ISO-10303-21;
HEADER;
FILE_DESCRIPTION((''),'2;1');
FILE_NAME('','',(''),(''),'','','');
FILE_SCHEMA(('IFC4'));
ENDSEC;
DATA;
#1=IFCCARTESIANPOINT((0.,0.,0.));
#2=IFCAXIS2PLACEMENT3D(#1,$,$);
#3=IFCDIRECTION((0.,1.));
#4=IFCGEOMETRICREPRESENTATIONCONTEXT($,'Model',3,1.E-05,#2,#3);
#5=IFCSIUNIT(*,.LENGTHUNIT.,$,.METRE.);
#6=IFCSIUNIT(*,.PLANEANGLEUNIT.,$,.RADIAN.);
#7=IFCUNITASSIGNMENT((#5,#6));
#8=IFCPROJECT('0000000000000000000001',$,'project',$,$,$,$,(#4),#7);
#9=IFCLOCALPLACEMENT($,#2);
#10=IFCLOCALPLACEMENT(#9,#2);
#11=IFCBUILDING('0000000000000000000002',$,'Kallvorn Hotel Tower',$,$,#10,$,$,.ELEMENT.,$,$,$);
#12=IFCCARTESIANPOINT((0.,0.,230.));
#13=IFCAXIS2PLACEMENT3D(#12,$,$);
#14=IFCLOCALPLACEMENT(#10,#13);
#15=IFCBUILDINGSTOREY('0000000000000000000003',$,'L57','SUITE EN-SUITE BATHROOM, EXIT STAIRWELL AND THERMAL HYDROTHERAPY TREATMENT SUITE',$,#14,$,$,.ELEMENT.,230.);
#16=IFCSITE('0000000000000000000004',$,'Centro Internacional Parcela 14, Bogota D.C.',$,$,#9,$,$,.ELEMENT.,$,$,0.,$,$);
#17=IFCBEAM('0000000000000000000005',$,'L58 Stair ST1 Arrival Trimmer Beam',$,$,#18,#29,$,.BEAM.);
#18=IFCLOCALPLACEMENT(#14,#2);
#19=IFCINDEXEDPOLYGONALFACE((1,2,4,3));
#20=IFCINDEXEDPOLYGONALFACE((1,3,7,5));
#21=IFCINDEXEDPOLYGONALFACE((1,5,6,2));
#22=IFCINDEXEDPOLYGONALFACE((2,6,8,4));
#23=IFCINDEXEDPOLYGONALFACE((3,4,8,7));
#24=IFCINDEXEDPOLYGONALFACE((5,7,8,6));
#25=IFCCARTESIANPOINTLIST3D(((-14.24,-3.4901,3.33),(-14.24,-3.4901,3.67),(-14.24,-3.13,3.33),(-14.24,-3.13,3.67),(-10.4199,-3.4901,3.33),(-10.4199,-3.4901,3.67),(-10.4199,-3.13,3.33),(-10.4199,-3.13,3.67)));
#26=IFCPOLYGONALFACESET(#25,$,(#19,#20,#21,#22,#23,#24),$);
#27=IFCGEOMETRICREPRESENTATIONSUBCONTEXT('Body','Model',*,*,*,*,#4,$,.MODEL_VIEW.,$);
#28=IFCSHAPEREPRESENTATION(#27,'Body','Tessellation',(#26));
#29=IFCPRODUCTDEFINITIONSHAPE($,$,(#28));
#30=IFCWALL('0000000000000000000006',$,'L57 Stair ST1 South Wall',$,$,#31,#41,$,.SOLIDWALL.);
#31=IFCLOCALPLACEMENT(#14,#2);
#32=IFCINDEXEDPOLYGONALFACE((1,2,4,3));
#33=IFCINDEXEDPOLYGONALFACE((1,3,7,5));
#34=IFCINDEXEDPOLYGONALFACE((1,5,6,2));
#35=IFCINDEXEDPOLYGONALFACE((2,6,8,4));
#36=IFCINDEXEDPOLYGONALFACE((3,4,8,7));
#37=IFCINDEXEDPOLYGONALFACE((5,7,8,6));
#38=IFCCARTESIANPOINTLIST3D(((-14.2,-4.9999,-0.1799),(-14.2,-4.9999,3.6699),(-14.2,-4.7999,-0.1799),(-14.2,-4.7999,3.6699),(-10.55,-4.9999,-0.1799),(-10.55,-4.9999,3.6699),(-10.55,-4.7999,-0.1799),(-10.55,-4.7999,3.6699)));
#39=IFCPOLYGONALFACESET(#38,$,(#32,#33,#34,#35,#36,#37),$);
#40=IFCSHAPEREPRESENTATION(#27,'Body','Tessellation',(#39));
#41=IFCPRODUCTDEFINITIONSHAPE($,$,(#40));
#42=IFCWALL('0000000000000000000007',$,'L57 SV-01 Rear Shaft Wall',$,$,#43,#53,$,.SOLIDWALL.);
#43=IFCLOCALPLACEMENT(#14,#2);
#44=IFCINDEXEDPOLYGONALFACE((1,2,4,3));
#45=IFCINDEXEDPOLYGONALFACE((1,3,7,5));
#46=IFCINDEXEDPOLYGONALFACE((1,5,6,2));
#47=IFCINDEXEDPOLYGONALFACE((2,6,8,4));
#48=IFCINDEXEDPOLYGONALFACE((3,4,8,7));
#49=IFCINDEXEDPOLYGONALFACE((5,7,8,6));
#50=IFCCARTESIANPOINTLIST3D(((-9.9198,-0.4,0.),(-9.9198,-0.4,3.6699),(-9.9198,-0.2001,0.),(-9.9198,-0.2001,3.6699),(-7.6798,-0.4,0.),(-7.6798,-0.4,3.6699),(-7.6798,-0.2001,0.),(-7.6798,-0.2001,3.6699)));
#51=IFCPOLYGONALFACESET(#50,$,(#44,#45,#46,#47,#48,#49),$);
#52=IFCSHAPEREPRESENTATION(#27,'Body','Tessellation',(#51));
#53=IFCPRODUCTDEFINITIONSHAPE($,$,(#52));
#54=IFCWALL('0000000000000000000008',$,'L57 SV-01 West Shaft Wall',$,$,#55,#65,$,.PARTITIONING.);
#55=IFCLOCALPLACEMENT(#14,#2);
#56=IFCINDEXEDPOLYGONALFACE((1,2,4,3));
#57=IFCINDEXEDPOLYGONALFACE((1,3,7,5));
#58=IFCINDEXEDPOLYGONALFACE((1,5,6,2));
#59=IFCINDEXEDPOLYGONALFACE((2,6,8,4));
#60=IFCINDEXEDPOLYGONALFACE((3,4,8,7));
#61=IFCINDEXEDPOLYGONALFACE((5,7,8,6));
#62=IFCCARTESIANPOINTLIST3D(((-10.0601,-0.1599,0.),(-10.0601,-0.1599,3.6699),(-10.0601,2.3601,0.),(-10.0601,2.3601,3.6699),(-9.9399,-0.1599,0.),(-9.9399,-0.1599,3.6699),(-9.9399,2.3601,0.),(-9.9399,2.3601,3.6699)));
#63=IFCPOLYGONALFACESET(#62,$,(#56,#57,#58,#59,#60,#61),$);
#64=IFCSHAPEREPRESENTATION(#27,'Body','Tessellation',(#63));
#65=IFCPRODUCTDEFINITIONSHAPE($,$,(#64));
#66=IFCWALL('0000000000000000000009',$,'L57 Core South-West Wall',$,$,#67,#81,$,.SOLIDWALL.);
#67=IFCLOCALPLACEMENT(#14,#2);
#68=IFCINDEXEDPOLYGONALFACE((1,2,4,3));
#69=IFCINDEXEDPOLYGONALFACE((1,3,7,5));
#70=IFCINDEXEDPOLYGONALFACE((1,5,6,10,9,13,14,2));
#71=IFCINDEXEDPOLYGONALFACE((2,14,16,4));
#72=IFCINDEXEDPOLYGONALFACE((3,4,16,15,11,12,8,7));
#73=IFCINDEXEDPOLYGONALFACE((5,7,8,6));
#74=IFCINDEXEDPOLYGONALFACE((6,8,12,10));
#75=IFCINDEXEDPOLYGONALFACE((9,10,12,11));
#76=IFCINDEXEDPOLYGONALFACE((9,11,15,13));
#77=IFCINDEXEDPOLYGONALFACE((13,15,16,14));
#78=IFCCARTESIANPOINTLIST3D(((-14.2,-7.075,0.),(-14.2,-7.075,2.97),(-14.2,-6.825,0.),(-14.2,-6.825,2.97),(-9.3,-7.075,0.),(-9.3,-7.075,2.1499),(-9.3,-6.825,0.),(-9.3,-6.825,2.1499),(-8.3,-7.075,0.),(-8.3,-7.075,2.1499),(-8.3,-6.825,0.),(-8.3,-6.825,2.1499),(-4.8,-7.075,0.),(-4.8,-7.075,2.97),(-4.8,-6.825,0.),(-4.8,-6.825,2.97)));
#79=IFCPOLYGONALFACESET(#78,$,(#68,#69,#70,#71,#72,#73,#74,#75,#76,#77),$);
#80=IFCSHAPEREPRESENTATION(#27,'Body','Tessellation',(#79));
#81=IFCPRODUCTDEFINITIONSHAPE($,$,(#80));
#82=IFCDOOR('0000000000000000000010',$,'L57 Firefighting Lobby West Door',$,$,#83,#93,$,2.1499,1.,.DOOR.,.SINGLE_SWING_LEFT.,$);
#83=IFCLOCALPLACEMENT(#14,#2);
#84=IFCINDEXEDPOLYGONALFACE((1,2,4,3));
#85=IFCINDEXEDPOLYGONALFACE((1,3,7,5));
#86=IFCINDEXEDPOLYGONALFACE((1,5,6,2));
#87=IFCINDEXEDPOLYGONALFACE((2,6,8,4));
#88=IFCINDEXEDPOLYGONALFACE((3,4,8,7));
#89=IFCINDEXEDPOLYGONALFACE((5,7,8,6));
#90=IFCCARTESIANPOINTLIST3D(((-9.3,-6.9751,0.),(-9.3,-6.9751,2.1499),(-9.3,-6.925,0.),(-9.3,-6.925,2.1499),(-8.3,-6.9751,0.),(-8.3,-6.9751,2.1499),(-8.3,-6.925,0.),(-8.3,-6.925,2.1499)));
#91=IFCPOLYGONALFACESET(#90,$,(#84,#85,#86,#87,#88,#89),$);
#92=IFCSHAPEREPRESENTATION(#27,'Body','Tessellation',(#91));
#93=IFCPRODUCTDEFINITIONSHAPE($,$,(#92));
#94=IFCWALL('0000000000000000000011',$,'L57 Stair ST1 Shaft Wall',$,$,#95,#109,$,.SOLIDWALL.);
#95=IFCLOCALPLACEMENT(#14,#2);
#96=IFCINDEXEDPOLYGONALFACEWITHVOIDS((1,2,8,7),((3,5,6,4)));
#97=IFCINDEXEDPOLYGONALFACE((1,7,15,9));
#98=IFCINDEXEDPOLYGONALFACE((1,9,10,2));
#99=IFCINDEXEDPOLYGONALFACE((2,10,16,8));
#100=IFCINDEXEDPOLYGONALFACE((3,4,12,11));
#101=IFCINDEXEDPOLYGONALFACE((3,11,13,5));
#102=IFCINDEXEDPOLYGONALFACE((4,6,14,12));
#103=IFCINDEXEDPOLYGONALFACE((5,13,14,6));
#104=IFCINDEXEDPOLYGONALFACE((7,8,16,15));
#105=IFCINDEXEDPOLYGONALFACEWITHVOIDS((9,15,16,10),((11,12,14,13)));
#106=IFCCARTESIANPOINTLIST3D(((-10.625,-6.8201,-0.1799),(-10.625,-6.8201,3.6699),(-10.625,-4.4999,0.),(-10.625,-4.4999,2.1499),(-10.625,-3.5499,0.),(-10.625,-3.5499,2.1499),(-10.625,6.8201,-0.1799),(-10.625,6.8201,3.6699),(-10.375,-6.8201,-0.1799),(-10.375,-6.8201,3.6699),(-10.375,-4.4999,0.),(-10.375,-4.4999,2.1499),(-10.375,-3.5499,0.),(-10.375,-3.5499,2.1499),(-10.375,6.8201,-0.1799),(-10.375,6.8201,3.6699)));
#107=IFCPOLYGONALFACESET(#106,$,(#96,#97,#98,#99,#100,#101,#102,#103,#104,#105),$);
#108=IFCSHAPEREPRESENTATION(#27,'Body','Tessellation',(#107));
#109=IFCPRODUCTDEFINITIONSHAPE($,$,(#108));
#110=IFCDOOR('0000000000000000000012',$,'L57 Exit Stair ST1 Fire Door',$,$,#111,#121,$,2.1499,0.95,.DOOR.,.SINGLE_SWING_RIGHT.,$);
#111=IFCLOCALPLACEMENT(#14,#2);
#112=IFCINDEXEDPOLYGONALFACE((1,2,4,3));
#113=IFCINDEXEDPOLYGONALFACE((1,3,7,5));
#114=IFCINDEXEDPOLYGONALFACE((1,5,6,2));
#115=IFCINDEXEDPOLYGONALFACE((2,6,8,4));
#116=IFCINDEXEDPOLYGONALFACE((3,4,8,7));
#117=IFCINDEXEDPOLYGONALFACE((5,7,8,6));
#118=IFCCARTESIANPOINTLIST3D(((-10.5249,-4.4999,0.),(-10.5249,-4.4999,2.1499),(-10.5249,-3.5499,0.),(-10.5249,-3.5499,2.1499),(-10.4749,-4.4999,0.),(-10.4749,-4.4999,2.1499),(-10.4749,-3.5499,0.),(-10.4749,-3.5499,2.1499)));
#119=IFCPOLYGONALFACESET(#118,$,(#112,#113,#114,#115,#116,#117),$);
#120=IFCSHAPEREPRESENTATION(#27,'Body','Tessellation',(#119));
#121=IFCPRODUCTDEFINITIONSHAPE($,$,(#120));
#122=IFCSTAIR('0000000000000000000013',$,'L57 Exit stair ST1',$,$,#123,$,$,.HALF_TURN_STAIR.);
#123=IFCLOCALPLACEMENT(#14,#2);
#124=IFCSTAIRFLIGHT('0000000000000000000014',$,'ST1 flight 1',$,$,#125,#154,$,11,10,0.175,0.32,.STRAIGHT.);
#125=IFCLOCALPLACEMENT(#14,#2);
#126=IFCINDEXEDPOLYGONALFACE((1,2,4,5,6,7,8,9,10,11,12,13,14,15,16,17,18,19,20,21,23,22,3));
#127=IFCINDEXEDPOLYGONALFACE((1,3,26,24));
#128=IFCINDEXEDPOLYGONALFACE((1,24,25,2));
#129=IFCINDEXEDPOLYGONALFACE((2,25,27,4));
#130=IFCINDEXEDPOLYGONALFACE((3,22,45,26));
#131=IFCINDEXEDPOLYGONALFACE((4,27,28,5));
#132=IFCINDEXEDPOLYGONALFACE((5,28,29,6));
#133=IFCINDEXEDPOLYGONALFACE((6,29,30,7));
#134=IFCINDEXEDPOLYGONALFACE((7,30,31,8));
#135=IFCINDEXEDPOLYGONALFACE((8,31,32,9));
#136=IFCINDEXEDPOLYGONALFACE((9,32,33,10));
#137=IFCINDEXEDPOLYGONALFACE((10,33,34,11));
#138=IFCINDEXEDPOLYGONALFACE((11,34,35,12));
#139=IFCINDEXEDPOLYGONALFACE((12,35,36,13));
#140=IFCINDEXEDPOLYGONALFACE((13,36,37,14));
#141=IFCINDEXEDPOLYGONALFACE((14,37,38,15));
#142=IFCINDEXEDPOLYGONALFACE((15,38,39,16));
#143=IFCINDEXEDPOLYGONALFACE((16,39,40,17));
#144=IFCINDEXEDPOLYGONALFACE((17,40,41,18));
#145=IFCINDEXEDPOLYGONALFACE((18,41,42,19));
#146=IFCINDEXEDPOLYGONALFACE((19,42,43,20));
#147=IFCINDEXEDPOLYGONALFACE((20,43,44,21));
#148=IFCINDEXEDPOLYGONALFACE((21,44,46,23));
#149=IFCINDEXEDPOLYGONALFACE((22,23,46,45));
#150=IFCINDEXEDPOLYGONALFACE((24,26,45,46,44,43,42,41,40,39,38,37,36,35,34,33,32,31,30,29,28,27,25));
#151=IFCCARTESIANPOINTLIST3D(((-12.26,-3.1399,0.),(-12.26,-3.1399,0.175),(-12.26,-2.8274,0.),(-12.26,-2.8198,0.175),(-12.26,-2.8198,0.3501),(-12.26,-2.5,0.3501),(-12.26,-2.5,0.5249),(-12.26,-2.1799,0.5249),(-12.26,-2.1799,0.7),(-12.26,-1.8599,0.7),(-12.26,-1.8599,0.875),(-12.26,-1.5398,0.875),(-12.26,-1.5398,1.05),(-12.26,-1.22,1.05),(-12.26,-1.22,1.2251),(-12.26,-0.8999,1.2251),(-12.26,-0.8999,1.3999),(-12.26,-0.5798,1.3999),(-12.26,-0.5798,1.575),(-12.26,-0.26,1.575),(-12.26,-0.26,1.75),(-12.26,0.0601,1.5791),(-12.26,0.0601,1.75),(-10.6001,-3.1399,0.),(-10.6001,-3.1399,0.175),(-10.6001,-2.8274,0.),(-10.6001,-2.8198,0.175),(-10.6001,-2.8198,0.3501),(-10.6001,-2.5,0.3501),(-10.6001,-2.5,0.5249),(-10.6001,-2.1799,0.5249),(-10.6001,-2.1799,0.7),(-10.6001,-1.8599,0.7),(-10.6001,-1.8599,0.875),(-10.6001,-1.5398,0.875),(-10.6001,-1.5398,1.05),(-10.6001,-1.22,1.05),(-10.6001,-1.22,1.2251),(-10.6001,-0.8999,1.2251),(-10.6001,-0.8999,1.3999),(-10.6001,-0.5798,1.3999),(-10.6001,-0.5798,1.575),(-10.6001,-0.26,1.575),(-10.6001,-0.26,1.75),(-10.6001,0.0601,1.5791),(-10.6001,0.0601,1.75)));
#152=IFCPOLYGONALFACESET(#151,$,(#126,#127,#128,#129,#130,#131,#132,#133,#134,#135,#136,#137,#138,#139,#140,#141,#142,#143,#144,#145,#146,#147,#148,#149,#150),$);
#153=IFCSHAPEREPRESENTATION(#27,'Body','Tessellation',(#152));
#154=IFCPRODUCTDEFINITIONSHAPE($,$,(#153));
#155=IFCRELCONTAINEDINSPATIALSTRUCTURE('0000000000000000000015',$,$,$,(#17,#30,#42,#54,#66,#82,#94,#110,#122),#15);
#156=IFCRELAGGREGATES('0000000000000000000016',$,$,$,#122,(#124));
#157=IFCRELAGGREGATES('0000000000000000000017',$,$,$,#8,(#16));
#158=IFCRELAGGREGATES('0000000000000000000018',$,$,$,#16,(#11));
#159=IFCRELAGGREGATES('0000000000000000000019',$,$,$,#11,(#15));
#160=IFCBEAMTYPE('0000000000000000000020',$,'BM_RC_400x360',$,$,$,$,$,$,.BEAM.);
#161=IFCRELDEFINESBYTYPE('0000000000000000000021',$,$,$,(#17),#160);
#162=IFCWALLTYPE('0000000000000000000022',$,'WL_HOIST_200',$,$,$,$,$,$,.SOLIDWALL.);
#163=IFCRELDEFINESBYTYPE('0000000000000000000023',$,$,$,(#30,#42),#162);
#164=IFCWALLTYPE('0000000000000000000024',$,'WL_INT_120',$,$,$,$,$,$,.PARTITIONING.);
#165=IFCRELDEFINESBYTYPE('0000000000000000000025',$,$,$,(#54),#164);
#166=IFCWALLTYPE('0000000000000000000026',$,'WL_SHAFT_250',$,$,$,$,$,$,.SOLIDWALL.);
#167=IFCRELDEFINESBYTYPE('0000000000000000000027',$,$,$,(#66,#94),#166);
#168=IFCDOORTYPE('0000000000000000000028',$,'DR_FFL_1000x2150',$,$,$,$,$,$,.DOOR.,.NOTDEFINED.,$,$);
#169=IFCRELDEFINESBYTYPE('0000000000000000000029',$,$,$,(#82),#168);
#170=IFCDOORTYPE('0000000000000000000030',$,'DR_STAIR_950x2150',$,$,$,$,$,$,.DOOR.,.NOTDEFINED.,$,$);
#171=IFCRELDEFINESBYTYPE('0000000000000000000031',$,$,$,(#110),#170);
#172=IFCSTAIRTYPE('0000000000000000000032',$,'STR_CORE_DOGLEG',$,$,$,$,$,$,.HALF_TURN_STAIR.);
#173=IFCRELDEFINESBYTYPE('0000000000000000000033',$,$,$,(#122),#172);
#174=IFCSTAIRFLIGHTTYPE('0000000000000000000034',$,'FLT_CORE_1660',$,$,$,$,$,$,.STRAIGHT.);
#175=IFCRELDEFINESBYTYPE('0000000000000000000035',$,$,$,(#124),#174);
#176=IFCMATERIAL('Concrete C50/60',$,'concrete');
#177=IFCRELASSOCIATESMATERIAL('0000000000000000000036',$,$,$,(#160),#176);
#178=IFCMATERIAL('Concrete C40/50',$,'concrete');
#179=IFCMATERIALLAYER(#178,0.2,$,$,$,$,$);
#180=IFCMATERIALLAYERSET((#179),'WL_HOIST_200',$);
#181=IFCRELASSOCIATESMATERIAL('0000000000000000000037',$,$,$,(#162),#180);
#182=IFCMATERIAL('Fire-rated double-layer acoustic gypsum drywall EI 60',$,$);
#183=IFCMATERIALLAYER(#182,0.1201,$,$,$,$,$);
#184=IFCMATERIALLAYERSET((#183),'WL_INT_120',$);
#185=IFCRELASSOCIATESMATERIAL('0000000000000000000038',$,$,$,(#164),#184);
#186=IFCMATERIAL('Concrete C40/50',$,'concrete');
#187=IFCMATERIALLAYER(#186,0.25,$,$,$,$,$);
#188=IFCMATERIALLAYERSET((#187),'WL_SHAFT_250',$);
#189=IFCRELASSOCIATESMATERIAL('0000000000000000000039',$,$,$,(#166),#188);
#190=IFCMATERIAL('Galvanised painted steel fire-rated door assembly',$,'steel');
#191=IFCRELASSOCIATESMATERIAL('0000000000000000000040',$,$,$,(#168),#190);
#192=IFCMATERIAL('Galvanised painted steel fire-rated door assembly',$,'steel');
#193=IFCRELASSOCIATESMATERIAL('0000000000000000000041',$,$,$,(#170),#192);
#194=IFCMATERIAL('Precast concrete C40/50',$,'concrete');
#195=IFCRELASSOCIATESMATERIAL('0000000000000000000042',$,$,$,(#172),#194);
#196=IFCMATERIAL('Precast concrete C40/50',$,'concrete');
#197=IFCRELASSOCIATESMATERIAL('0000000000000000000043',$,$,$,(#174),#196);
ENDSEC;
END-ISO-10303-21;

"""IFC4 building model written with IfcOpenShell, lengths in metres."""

from ifc_helpers import new_model, si_unit, direction, frame, frame_2d, origin, origin_2d, place, context, subcontext, project, spatial, polyline, rectangle, outline, extrude, material, layer, layer_set, material_profile, profile_set, type_object, element, fill, aggregate, save


model = new_model("IFC4")

# Units and contexts
model_context = context("Model", 3, precision=1e-05, world=origin(), true_north=direction((0.0, 1.0)))
body_context = subcontext(model_context, "Body", "Model", "MODEL_VIEW")
ifc_project = project(units=[si_unit("LENGTHUNIT", "METRE"), si_unit("PLANEANGLEUNIT", "RADIAN")], contexts=[model_context])

# Site, building, storey
site_placement = place(None, origin())
site = spatial("IfcSite", under=ifc_project, at=site_placement, Name="Centro Internacional Parcela 14, Bogota D.C.", CompositionType="ELEMENT", RefElevation=0.0)
building_placement = place(site_placement, origin())
building = spatial("IfcBuilding", under=site, at=building_placement, Name="Kallvorn Hotel Tower", CompositionType="ELEMENT")
storey_placement = place(building_placement, frame((0.0, 0.0, 230.0)))
storey = spatial("IfcBuildingStorey", under=building, at=storey_placement, Name="L57", Description="SUITE EN-SUITE BATHROOM, EXIT STAIRWELL AND THERMAL HYDROTHERAPY TREATMENT SUITE", CompositionType="ELEMENT", Elevation=230.0)

# Beam
ifc_material_1 = material(Name="Concrete C50/60", Category="concrete")
ifc_material_profile = material_profile(ifc_material_1, rectangle(XDim=0.3601, YDim=0.3401, at=origin_2d()), Name="RC 360x340")
ifc_profile_set = profile_set([ifc_material_profile], Name="Concrete C50/60")
beam_type = type_object("IfcBeamType", Name="BM_RC_400x360", PredefinedType="BEAM", material=ifc_profile_set)
beam_placement = place(storey_placement, frame((-10.4199, -3.3101, 3.5), z_axis=(-1.0, 0.0, 0.0), x_axis=(0.0, -1.0, 0.0)))
element("IfcBeam", 1, at=beam_placement, inside=storey, type_object=beam_type, Name="L58 Stair ST1 Arrival Trimmer Beam", PredefinedType="BEAM", context=body_context, shape_type="SweptSolid", body=[
    extrude(rectangle(XDim=0.3601, YDim=0.3401, at=origin_2d()), origin(), (0.0, 0.0, 1.0), 3.8201),
])

# Walls
ifc_material_2 = material(Name="Concrete C40/50", Category="concrete")
ifc_layer_1 = layer(ifc_material_2, 0.2)
ifc_layer_set_1 = layer_set([ifc_layer_1], Name="WL_HOIST_200")
wall_type_1 = type_object("IfcWallType", Name="WL_HOIST_200", PredefinedType="SOLIDWALL", material=ifc_layer_set_1)
wall_1_placement = place(storey_placement, frame((-14.2, -4.8999, -0.1799), z_axis=(0.0, 0.0, 1.0), x_axis=(1.0, 0.0, 0.0)))
element("IfcWall", 2, at=wall_1_placement, inside=storey, type_object=wall_type_1, Name="L57 Stair ST1 South Wall", PredefinedType="SOLIDWALL", context=body_context, shape_type="SweptSolid", body=[
    extrude(rectangle(XDim=3.6499, YDim=0.2, at=frame_2d((1.825, 0.0))), origin(), (0.0, 0.0, 1.0), 3.8499),
])
wall_2_placement = place(storey_placement, frame((-9.9199, -0.3, 0.0), z_axis=(0.0, 0.0, 1.0), x_axis=(1.0, 0.0, 0.0)))
element("IfcWall", 3, at=wall_2_placement, inside=storey, type_object=wall_type_1, Name="L57 SV-01 Rear Shaft Wall", PredefinedType="SOLIDWALL", context=body_context, shape_type="SweptSolid", body=[
    extrude(rectangle(XDim=2.24, YDim=0.2, at=frame_2d((1.1201, 0.0))), origin(), (0.0, 0.0, 1.0), 3.6699),
])
ifc_material_3 = material(Name="Fire-rated double-layer acoustic gypsum drywall EI 60")
ifc_layer_2 = layer(ifc_material_3, 0.1201)
ifc_layer_set_2 = layer_set([ifc_layer_2], Name="WL_INT_120")
wall_type_2 = type_object("IfcWallType", Name="WL_INT_120", PredefinedType="PARTITIONING", material=ifc_layer_set_2)
wall_3_placement = place(storey_placement, frame((-10.0, -0.1599, 0.0), z_axis=(0.0, 0.0, 1.0), x_axis=(0.0, 1.0, 0.0)))
element("IfcWall", 4, at=wall_3_placement, inside=storey, type_object=wall_type_2, Name="L57 SV-01 West Shaft Wall", PredefinedType="PARTITIONING", context=body_context, shape_type="SweptSolid", body=[
    extrude(rectangle(XDim=2.52, YDim=0.1201, at=frame_2d((1.26, 0.0))), origin(), (0.0, 0.0, 1.0), 3.6699),
])

# Walls, openings, doors
ifc_material_4 = material(Name="Concrete C40/50", Category="concrete")
ifc_layer_3 = layer(ifc_material_4, 0.25)
ifc_layer_set_3 = layer_set([ifc_layer_3], Name="WL_SHAFT_250")
wall_type_3 = type_object("IfcWallType", Name="WL_SHAFT_250", PredefinedType="SOLIDWALL", material=ifc_layer_set_3)
wall_4_placement = place(storey_placement, frame((-14.2, -6.95, 0.0), z_axis=(0.0, 0.0, 1.0), x_axis=(1.0, 0.0, 0.0)))
wall_4 = element("IfcWall", 5, at=wall_4_placement, inside=storey, type_object=wall_type_3, Name="L57 Core South-West Wall", PredefinedType="SOLIDWALL", context=body_context, shape_type="SweptSolid", body=[
    extrude(rectangle(XDim=9.3999, YDim=0.25, at=frame_2d((4.7, 0.0))), origin(), (0.0, 0.0, 1.0), 2.97),
])
opening_1_placement = place(wall_4_placement, frame((4.8999, 0.0, 0.0)))
opening_1 = element("IfcOpeningElement", 6, at=opening_1_placement, cuts=wall_4, PredefinedType="OPENING", context=body_context, shape_type="SweptSolid", body=[
    extrude(rectangle(XDim=1.0, YDim=2.1499, at=frame_2d((0.5, 1.075))), frame((0.0, 0.1399, 0.0), z_axis=(0.0, -1.0, 0.0), x_axis=(1.0, 0.0, 0.0)), (0.0, 0.0, 1.0), 0.28),
])
ifc_material_5 = material(Name="Galvanised painted steel fire-rated door assembly", Category="steel")
door_type_1 = type_object("IfcDoorType", Name="DR_FFL_1000x2150", OperationType="NOTDEFINED", PredefinedType="DOOR", material=ifc_material_5)
door_1_placement = place(opening_1_placement, origin())
door_1 = element("IfcDoor", 7, at=door_1_placement, inside=storey, type_object=door_type_1, Name="L57 Firefighting Lobby West Door", OperationType="SINGLE_SWING_LEFT", OverallHeight=2.1499, OverallWidth=1.0, PredefinedType="DOOR", context=body_context, shape_type="SweptSolid", body=[
    extrude(rectangle(XDim=1.0, YDim=2.1499, at=frame_2d((0.5, 1.075))), frame((0.0, 0.0249, 0.0), z_axis=(0.0, -1.0, 0.0), x_axis=(1.0, 0.0, 0.0)), (0.0, 0.0, 1.0), 0.05),
])
fill(opening_1, door_1)
wall_5_placement = place(storey_placement, frame((-10.5, -6.8201, -0.1799), z_axis=(0.0, 0.0, 1.0), x_axis=(0.0, 1.0, 0.0)))
wall_5 = element("IfcWall", 8, at=wall_5_placement, inside=storey, type_object=wall_type_3, Name="L57 Stair ST1 Shaft Wall", PredefinedType="SOLIDWALL", context=body_context, shape_type="SweptSolid", body=[
    extrude(rectangle(XDim=13.6401, YDim=0.25, at=frame_2d((6.8201, 0.0))), origin(), (0.0, 0.0, 1.0), 3.8499),
])
opening_2_placement = place(wall_5_placement, frame((2.3201, 0.0, 0.1799)))
opening_2 = element("IfcOpeningElement", 9, at=opening_2_placement, cuts=wall_5, PredefinedType="OPENING", context=body_context, shape_type="SweptSolid", body=[
    extrude(rectangle(XDim=0.95, YDim=2.1499, at=frame_2d((0.4751, 1.075))), frame((0.0, 0.1399, 0.0), z_axis=(0.0, -1.0, 0.0), x_axis=(1.0, 0.0, 0.0)), (0.0, 0.0, 1.0), 0.28),
])
ifc_material_6 = material(Name="Galvanised painted steel fire-rated door assembly", Category="steel")
door_type_2 = type_object("IfcDoorType", Name="DR_STAIR_950x2150", OperationType="NOTDEFINED", PredefinedType="DOOR", material=ifc_material_6)
door_2_placement = place(opening_2_placement, origin())
door_2 = element("IfcDoor", 10, at=door_2_placement, inside=storey, type_object=door_type_2, Name="L57 Exit Stair ST1 Fire Door", OperationType="SINGLE_SWING_RIGHT", OverallHeight=2.1499, OverallWidth=0.95, PredefinedType="DOOR", context=body_context, shape_type="SweptSolid", body=[
    extrude(rectangle(XDim=0.95, YDim=2.1499, at=frame_2d((0.4751, 1.075))), frame((0.0, 0.0249, 0.0), z_axis=(0.0, -1.0, 0.0), x_axis=(1.0, 0.0, 0.0)), (0.0, 0.0, 1.0), 0.05),
])
fill(opening_2, door_2)

# Stair, stair flight
ifc_material_7 = material(Name="Precast concrete C40/50", Category="concrete")
stair_type = type_object("IfcStairType", Name="STR_CORE_DOGLEG", PredefinedType="HALF_TURN_STAIR", material=ifc_material_7)
stair_placement = place(storey_placement, origin())
stair = element("IfcStair", 11, at=stair_placement, inside=storey, type_object=stair_type, Name="L57 Exit stair ST1", PredefinedType="HALF_TURN_STAIR")
ifc_material_8 = material(Name="Precast concrete C40/50", Category="concrete")
stair_flight_type = type_object("IfcStairFlightType", Name="FLT_CORE_1660", PredefinedType="STRAIGHT", material=ifc_material_8)
stair_flight_1_placement = place(storey_placement, frame((-11.4299, -3.1399, 0.0), z_axis=(0.0, 0.0, 1.0), x_axis=(0.0, 1.0, 0.0)))
stair_flight_1 = element("IfcStairFlight", 12, at=stair_flight_1_placement, type_object=stair_flight_type, Name="ST1 flight 1", NumberOfRisers=11, NumberOfTreads=10, PredefinedType="STRAIGHT", RiserHeight=0.175, TreadLength=0.32, context=body_context, shape_type="SweptSolid", body=[
    extrude(outline(polyline([(0.0, 0.0), (0.0, 0.175), (0.3201, 0.175), (0.3201, 0.3501), (0.6399, 0.3501), (0.6399, 0.5249), (0.96, 0.5249), (0.96, 0.7), (1.28, 0.7), (1.28, 0.875), (1.6001, 0.875), (1.6001, 1.05), (1.9199, 1.05), (1.9199, 1.2251), (2.24, 1.2251), (2.24, 1.3999), (2.5601, 1.3999), (2.5601, 1.575), (2.8799, 1.575), (2.8799, 1.75), (3.2, 1.75), (3.2, 1.925), (3.2, 1.5791), (0.3125, 0.0), (0.0, 0.0)])), frame((0.0, 0.8301, 0.0), z_axis=(0.0, -1.0, 0.0), x_axis=(1.0, 0.0, 0.0)), (0.0, 0.0, 1.0), 1.6599),
])
aggregate(stair, [stair_flight_1])

save(model, "model.ifc")
